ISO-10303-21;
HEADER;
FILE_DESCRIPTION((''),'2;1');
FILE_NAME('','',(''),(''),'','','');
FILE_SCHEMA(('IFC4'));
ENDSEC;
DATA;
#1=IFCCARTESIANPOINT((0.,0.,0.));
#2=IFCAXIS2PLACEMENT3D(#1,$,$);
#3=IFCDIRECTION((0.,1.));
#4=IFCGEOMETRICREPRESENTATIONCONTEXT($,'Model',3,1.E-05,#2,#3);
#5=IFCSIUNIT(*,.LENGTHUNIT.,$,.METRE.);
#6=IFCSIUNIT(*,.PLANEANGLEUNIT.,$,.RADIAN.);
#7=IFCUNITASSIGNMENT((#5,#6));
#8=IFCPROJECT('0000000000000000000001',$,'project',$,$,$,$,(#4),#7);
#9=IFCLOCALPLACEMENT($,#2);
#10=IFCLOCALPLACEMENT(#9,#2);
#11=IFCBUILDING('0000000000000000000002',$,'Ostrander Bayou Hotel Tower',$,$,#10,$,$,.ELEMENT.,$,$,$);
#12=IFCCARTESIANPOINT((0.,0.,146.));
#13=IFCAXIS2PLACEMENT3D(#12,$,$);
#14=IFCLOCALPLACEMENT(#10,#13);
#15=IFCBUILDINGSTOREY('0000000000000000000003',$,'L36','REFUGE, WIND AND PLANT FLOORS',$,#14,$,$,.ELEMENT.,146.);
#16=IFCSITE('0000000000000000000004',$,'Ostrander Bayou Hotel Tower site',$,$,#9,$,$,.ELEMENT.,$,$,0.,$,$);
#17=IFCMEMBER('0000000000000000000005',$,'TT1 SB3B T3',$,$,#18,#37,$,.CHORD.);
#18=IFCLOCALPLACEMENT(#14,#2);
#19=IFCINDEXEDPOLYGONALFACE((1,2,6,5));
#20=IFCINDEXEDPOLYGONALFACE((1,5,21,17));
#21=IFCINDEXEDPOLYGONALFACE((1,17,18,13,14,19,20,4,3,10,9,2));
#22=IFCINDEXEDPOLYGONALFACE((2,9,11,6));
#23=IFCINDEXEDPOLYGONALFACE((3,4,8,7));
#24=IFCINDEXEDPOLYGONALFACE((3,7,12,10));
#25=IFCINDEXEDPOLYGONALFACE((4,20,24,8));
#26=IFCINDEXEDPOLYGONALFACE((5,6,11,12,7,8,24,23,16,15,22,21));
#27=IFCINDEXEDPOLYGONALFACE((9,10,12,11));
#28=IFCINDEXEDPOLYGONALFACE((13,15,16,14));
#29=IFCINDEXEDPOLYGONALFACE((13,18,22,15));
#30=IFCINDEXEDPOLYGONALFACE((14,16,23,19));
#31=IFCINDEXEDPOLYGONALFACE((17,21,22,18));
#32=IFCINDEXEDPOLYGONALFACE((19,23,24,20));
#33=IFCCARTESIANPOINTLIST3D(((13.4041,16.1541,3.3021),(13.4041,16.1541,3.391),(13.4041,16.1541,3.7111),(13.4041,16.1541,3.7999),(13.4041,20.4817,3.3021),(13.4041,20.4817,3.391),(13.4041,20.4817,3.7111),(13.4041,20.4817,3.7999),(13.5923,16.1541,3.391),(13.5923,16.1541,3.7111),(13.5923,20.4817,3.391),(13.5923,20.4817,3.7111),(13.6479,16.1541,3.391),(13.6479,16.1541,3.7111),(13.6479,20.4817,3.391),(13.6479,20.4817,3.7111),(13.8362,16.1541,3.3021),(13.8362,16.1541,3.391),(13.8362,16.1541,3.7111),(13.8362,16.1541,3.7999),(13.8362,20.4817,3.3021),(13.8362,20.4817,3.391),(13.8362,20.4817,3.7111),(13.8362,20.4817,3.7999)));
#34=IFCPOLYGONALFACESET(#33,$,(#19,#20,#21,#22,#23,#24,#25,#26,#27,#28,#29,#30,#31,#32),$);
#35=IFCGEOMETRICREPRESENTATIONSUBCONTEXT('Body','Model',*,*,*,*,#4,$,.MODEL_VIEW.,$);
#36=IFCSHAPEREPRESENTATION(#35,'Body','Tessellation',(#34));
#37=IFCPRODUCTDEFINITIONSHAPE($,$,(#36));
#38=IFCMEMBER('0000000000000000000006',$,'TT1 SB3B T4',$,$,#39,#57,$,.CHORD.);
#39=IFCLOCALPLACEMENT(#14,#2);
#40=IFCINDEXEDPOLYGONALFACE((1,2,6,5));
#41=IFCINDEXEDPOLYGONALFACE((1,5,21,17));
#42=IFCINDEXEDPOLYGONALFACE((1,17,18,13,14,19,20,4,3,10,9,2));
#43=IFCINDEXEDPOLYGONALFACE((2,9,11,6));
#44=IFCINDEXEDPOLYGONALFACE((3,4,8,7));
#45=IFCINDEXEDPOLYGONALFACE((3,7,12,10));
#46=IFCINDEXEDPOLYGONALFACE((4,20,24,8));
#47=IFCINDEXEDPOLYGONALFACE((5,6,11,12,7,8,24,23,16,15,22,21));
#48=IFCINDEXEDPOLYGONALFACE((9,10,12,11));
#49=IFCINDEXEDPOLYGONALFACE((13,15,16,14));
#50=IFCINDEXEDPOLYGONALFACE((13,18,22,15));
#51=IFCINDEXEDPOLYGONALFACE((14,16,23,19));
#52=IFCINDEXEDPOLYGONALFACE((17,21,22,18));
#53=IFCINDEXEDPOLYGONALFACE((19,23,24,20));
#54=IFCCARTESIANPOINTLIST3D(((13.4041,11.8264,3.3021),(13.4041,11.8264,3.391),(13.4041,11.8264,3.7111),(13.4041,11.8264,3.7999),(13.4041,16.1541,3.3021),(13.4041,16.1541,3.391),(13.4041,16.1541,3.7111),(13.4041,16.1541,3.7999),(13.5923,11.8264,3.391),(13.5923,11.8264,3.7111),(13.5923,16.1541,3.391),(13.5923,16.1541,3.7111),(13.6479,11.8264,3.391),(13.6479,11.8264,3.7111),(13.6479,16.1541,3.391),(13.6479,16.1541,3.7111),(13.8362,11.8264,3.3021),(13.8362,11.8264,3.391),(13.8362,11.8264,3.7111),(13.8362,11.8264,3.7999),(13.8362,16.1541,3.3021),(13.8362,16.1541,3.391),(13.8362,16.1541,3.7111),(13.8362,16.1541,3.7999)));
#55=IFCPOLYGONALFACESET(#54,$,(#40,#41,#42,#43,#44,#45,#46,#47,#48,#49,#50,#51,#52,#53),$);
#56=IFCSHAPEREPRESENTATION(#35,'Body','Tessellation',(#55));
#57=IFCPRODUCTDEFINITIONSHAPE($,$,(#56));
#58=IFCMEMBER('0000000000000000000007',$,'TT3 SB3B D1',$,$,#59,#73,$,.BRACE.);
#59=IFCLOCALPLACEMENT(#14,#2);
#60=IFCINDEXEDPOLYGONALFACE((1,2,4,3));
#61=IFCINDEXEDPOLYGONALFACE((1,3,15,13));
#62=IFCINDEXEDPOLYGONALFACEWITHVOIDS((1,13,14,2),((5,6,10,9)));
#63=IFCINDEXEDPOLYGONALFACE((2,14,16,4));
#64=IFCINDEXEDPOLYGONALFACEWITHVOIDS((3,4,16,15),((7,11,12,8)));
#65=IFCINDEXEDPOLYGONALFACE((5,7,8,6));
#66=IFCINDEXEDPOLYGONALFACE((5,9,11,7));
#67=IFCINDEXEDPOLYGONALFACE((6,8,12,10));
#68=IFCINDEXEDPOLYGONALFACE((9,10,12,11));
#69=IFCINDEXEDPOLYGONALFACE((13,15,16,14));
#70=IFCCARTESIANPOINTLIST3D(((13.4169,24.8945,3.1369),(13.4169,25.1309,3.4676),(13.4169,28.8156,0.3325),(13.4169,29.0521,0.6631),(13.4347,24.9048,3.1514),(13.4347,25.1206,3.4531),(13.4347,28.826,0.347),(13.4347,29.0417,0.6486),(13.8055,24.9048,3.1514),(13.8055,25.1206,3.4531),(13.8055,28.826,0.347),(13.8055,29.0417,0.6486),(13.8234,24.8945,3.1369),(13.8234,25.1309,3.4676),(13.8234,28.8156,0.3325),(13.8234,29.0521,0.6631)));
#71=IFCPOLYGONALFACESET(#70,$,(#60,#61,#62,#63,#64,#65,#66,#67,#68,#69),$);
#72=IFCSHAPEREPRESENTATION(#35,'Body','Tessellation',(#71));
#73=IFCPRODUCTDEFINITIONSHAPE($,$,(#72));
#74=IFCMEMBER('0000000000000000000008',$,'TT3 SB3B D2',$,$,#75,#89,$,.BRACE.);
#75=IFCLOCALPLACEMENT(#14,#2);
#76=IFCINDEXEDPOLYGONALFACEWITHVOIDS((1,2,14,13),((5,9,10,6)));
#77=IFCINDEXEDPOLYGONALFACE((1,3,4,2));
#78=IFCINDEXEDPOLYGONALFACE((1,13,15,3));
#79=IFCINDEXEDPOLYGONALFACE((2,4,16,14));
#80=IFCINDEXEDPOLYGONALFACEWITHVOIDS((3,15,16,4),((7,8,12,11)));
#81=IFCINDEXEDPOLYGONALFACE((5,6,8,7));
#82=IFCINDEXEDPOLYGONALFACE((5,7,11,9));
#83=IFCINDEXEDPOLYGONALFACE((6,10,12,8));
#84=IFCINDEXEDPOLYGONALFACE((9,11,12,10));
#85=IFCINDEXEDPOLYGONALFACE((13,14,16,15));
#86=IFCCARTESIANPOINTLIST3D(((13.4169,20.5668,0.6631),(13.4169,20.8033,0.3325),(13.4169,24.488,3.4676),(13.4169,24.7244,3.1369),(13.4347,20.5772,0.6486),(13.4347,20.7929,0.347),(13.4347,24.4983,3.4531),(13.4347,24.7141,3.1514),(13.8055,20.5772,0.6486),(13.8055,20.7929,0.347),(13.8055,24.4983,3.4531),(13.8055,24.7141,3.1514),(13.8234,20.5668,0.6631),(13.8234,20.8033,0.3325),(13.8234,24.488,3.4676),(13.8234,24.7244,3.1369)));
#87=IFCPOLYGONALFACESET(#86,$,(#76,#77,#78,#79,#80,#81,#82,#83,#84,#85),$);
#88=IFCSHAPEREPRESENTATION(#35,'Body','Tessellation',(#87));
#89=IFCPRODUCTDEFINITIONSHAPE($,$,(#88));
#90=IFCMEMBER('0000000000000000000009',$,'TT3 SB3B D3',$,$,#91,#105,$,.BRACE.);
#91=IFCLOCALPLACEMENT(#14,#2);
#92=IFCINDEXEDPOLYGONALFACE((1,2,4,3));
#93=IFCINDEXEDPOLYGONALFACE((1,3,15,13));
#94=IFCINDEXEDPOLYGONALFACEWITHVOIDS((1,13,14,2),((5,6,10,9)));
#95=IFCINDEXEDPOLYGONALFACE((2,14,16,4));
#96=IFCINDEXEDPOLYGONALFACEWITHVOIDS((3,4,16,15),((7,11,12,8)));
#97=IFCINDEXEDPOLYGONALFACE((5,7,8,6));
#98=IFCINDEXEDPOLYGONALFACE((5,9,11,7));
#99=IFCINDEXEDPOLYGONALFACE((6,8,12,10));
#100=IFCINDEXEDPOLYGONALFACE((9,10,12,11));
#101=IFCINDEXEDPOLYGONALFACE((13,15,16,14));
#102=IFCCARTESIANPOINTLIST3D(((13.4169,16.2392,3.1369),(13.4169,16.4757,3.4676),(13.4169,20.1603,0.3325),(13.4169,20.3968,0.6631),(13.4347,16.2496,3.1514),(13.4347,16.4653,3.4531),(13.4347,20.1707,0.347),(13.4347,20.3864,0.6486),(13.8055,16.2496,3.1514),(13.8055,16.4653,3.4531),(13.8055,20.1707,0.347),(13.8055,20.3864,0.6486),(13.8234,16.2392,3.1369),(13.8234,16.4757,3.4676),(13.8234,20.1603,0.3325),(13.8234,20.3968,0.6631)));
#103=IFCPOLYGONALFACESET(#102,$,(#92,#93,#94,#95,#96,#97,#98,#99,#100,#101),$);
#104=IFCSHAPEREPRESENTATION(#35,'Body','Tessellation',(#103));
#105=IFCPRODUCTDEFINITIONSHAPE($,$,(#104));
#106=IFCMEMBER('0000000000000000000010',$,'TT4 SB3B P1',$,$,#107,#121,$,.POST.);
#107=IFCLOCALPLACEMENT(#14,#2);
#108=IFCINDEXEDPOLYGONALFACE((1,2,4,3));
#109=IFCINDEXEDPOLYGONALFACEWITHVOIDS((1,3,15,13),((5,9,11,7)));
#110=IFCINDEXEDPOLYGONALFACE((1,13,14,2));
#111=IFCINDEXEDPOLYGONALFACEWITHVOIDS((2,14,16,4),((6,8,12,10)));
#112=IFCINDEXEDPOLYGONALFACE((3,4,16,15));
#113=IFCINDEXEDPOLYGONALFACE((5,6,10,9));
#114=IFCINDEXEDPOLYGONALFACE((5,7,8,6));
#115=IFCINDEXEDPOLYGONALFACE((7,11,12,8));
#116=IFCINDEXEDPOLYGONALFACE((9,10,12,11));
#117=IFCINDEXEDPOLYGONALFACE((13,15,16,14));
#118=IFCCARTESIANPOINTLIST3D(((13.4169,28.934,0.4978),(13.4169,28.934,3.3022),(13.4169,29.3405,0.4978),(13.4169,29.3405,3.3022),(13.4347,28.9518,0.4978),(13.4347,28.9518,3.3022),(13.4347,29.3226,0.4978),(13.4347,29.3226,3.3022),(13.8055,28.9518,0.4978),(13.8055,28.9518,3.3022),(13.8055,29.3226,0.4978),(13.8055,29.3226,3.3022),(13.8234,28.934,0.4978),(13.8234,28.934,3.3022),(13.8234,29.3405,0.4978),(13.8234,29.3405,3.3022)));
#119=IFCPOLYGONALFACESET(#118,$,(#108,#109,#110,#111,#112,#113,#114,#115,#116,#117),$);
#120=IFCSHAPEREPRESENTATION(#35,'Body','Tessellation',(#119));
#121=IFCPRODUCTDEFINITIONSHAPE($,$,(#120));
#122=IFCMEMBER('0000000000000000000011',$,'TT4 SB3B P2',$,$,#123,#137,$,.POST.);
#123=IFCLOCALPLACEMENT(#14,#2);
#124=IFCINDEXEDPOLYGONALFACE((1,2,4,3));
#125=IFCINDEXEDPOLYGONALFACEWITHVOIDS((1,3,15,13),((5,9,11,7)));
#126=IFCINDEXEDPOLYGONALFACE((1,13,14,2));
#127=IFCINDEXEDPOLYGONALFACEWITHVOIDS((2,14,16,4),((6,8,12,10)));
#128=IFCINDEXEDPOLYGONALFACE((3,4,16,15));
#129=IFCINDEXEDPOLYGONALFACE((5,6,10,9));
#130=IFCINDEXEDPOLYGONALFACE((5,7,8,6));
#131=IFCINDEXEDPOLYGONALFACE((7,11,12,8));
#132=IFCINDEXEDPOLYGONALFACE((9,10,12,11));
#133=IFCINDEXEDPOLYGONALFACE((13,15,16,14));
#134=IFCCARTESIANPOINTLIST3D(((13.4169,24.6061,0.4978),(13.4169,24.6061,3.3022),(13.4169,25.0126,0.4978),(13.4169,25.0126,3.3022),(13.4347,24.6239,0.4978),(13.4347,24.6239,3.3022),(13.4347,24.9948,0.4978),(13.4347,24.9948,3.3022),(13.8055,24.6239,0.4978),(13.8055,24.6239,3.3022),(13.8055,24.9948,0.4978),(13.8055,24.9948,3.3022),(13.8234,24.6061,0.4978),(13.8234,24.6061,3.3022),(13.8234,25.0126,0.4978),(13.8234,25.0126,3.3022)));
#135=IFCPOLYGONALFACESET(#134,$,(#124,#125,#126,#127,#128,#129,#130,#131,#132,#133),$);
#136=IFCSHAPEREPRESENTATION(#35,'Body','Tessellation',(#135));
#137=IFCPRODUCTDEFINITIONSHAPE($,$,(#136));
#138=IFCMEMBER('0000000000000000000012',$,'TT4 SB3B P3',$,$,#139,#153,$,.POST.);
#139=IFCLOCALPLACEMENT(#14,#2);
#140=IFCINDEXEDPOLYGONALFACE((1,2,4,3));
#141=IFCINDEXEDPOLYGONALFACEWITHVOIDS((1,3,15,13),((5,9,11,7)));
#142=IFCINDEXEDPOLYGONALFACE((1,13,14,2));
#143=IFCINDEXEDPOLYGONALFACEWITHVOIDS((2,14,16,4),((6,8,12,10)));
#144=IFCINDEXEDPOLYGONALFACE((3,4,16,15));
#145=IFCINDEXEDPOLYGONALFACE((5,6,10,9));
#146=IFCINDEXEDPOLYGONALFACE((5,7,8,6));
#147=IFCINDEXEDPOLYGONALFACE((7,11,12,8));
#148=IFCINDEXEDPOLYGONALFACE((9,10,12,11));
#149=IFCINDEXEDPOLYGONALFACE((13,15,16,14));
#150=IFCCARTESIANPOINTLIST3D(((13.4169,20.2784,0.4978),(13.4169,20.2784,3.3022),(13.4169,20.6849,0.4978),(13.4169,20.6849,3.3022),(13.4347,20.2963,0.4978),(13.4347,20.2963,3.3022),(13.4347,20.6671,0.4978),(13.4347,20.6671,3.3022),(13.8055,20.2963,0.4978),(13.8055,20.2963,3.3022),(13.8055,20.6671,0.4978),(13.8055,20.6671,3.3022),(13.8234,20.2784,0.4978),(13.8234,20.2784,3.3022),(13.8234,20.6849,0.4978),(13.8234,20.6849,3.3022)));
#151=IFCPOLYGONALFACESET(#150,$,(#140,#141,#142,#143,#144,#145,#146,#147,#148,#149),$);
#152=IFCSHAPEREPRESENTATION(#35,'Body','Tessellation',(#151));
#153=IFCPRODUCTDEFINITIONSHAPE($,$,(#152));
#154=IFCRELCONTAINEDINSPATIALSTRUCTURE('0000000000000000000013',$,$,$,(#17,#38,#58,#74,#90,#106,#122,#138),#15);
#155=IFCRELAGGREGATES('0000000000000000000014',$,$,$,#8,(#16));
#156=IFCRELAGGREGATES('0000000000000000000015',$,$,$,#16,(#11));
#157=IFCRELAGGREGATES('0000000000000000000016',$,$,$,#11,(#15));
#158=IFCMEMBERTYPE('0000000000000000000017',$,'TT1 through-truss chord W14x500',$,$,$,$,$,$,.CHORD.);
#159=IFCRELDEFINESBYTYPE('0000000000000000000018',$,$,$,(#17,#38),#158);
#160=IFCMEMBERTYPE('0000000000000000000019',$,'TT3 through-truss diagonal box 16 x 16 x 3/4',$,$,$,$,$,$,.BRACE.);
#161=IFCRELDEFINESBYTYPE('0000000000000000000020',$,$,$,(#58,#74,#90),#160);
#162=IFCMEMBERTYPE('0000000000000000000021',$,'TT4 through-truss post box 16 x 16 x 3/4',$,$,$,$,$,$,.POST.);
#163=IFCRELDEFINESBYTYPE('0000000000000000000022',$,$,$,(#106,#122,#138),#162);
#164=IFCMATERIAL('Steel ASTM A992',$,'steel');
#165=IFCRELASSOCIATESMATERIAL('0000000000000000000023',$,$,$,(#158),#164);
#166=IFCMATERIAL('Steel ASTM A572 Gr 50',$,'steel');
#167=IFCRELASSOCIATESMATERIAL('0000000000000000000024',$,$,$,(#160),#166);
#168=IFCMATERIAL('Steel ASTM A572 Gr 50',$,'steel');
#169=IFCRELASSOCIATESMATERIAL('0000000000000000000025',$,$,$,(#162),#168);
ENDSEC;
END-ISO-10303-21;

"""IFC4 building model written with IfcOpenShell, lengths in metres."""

from ifc_helpers import new_model, si_unit, direction, frame, origin, origin_2d, place, context, subcontext, project, spatial, hollow_rectangle, i_section, extrude, material, material_profile, profile_set, type_object, element, save


model = new_model("IFC4")

# Units and contexts
model_context = context("Model", 3, precision=1e-05, world=origin(), true_north=direction((0.0, 1.0)))
body_context = subcontext(model_context, "Body", "Model", "MODEL_VIEW")
ifc_project = project(units=[si_unit("LENGTHUNIT", "METRE"), si_unit("PLANEANGLEUNIT", "RADIAN")], contexts=[model_context])

# Site, building, storey
site_placement = place(None, origin())
site = spatial("IfcSite", under=ifc_project, at=site_placement, Name="Ostrander Bayou Hotel Tower site", CompositionType="ELEMENT", RefElevation=0.0)
building_placement = place(site_placement, origin())
building = spatial("IfcBuilding", under=site, at=building_placement, Name="Ostrander Bayou Hotel Tower", CompositionType="ELEMENT")
storey_placement = place(building_placement, frame((0.0, 0.0, 146.0)))
storey = spatial("IfcBuildingStorey", under=building, at=storey_placement, Name="L36", Description="REFUGE, WIND AND PLANT FLOORS", CompositionType="ELEMENT", Elevation=146.0)

# Members
ifc_material_1 = material(Name="Steel ASTM A992", Category="steel")
ifc_material_profile_1 = material_profile(ifc_material_1, i_section(OverallWidth=0.4321, OverallDepth=0.4978, WebThickness=0.0557, FlangeThickness=0.0889, at=origin_2d()))
ifc_profile_set_1 = profile_set([ifc_material_profile_1], Name="Steel ASTM A992")
member_type_1 = type_object("IfcMemberType", Name="TT1 through-truss chord W14x500", PredefinedType="CHORD", material=ifc_profile_set_1)
for number, where, z_axis, x_axis, name in (
    (1, (13.6201, 20.4817, 3.551), (0.0, -1.0, 0.0), (1.0, 0.0, 0.0), "TT1 SB3B T3"),
    (2, (13.6201, 16.1541, 3.551), (0.0, -1.0, 0.0), (1.0, 0.0, 0.0), "TT1 SB3B T4"),
):
    element("IfcMember", number, at=place(storey_placement, frame(where, z_axis=z_axis, x_axis=x_axis)), inside=storey, type_object=member_type_1, Name=name, PredefinedType="CHORD", context=body_context, shape_type="SweptSolid", body=[
        extrude(i_section(OverallWidth=0.4321, OverallDepth=0.4978, WebThickness=0.0557, FlangeThickness=0.0889, at=origin_2d()), origin(), (0.0, 0.0, 1.0), 4.3276),
    ])
ifc_material_2 = material(Name="Steel ASTM A572 Gr 50", Category="steel")
ifc_material_profile_2 = material_profile(ifc_material_2, hollow_rectangle(XDim=0.4065, YDim=0.4065, WallThickness=0.0178, at=origin_2d()))
ifc_profile_set_2 = profile_set([ifc_material_profile_2], Name="Steel ASTM A572 Gr 50")
member_type_2 = type_object("IfcMemberType", Name="TT3 through-truss diagonal box 16 x 16 x 3/4", PredefinedType="BRACE", material=ifc_profile_set_2)
for number, where, z_axis, x_axis, name in (
    (3, (13.6201, 28.9338, 0.4978), (0.0, -0.813377, 0.581736), (1.0, 0.0, 0.0), "TT3 SB3B D1"),
    (4, (13.6201, 20.6851, 0.4978), (0.0, 0.813377, 0.581736), (-1.0, 0.0, 0.0), "TT3 SB3B D2"),
    (5, (13.6201, 20.2786, 0.4978), (0.0, -0.813377, 0.581736), (1.0, 0.0, 0.0), "TT3 SB3B D3"),
):
    element("IfcMember", number, at=place(storey_placement, frame(where, z_axis=z_axis, x_axis=x_axis)), inside=storey, type_object=member_type_2, Name=name, PredefinedType="BRACE", context=body_context, shape_type="SweptSolid", body=[
        extrude(hollow_rectangle(XDim=0.4065, YDim=0.4065, WallThickness=0.0178, at=origin_2d()), origin(), (0.0, 0.0, 1.0), 4.8208),
    ])
ifc_material_3 = material(Name="Steel ASTM A572 Gr 50", Category="steel")
ifc_material_profile_3 = material_profile(ifc_material_3, hollow_rectangle(XDim=0.4065, YDim=0.4065, WallThickness=0.0178, at=origin_2d()))
ifc_profile_set_3 = profile_set([ifc_material_profile_3], Name="Steel ASTM A572 Gr 50")
member_type_3 = type_object("IfcMemberType", Name="TT4 through-truss post box 16 x 16 x 3/4", PredefinedType="POST", material=ifc_profile_set_3)
for number, where, z_axis, x_axis, name in (
    (6, (13.6201, 29.1372, 0.4978), (0.0, 0.0, 1.0), (1.0, 0.0, 0.0), "TT4 SB3B P1"),
    (7, (13.6201, 24.8093, 0.4978), (0.0, 0.0, 1.0), (1.0, 0.0, 0.0), "TT4 SB3B P2"),
    (8, (13.6201, 20.4817, 0.4978), (0.0, 0.0, 1.0), (1.0, 0.0, 0.0), "TT4 SB3B P3"),
):
    element("IfcMember", number, at=place(storey_placement, frame(where, z_axis=z_axis, x_axis=x_axis)), inside=storey, type_object=member_type_3, Name=name, PredefinedType="POST", context=body_context, shape_type="SweptSolid", body=[
        extrude(hollow_rectangle(XDim=0.4065, YDim=0.4065, WallThickness=0.0178, at=origin_2d()), origin(), (0.0, 0.0, 1.0), 2.8044),
    ])

save(model, "model.ifc")
